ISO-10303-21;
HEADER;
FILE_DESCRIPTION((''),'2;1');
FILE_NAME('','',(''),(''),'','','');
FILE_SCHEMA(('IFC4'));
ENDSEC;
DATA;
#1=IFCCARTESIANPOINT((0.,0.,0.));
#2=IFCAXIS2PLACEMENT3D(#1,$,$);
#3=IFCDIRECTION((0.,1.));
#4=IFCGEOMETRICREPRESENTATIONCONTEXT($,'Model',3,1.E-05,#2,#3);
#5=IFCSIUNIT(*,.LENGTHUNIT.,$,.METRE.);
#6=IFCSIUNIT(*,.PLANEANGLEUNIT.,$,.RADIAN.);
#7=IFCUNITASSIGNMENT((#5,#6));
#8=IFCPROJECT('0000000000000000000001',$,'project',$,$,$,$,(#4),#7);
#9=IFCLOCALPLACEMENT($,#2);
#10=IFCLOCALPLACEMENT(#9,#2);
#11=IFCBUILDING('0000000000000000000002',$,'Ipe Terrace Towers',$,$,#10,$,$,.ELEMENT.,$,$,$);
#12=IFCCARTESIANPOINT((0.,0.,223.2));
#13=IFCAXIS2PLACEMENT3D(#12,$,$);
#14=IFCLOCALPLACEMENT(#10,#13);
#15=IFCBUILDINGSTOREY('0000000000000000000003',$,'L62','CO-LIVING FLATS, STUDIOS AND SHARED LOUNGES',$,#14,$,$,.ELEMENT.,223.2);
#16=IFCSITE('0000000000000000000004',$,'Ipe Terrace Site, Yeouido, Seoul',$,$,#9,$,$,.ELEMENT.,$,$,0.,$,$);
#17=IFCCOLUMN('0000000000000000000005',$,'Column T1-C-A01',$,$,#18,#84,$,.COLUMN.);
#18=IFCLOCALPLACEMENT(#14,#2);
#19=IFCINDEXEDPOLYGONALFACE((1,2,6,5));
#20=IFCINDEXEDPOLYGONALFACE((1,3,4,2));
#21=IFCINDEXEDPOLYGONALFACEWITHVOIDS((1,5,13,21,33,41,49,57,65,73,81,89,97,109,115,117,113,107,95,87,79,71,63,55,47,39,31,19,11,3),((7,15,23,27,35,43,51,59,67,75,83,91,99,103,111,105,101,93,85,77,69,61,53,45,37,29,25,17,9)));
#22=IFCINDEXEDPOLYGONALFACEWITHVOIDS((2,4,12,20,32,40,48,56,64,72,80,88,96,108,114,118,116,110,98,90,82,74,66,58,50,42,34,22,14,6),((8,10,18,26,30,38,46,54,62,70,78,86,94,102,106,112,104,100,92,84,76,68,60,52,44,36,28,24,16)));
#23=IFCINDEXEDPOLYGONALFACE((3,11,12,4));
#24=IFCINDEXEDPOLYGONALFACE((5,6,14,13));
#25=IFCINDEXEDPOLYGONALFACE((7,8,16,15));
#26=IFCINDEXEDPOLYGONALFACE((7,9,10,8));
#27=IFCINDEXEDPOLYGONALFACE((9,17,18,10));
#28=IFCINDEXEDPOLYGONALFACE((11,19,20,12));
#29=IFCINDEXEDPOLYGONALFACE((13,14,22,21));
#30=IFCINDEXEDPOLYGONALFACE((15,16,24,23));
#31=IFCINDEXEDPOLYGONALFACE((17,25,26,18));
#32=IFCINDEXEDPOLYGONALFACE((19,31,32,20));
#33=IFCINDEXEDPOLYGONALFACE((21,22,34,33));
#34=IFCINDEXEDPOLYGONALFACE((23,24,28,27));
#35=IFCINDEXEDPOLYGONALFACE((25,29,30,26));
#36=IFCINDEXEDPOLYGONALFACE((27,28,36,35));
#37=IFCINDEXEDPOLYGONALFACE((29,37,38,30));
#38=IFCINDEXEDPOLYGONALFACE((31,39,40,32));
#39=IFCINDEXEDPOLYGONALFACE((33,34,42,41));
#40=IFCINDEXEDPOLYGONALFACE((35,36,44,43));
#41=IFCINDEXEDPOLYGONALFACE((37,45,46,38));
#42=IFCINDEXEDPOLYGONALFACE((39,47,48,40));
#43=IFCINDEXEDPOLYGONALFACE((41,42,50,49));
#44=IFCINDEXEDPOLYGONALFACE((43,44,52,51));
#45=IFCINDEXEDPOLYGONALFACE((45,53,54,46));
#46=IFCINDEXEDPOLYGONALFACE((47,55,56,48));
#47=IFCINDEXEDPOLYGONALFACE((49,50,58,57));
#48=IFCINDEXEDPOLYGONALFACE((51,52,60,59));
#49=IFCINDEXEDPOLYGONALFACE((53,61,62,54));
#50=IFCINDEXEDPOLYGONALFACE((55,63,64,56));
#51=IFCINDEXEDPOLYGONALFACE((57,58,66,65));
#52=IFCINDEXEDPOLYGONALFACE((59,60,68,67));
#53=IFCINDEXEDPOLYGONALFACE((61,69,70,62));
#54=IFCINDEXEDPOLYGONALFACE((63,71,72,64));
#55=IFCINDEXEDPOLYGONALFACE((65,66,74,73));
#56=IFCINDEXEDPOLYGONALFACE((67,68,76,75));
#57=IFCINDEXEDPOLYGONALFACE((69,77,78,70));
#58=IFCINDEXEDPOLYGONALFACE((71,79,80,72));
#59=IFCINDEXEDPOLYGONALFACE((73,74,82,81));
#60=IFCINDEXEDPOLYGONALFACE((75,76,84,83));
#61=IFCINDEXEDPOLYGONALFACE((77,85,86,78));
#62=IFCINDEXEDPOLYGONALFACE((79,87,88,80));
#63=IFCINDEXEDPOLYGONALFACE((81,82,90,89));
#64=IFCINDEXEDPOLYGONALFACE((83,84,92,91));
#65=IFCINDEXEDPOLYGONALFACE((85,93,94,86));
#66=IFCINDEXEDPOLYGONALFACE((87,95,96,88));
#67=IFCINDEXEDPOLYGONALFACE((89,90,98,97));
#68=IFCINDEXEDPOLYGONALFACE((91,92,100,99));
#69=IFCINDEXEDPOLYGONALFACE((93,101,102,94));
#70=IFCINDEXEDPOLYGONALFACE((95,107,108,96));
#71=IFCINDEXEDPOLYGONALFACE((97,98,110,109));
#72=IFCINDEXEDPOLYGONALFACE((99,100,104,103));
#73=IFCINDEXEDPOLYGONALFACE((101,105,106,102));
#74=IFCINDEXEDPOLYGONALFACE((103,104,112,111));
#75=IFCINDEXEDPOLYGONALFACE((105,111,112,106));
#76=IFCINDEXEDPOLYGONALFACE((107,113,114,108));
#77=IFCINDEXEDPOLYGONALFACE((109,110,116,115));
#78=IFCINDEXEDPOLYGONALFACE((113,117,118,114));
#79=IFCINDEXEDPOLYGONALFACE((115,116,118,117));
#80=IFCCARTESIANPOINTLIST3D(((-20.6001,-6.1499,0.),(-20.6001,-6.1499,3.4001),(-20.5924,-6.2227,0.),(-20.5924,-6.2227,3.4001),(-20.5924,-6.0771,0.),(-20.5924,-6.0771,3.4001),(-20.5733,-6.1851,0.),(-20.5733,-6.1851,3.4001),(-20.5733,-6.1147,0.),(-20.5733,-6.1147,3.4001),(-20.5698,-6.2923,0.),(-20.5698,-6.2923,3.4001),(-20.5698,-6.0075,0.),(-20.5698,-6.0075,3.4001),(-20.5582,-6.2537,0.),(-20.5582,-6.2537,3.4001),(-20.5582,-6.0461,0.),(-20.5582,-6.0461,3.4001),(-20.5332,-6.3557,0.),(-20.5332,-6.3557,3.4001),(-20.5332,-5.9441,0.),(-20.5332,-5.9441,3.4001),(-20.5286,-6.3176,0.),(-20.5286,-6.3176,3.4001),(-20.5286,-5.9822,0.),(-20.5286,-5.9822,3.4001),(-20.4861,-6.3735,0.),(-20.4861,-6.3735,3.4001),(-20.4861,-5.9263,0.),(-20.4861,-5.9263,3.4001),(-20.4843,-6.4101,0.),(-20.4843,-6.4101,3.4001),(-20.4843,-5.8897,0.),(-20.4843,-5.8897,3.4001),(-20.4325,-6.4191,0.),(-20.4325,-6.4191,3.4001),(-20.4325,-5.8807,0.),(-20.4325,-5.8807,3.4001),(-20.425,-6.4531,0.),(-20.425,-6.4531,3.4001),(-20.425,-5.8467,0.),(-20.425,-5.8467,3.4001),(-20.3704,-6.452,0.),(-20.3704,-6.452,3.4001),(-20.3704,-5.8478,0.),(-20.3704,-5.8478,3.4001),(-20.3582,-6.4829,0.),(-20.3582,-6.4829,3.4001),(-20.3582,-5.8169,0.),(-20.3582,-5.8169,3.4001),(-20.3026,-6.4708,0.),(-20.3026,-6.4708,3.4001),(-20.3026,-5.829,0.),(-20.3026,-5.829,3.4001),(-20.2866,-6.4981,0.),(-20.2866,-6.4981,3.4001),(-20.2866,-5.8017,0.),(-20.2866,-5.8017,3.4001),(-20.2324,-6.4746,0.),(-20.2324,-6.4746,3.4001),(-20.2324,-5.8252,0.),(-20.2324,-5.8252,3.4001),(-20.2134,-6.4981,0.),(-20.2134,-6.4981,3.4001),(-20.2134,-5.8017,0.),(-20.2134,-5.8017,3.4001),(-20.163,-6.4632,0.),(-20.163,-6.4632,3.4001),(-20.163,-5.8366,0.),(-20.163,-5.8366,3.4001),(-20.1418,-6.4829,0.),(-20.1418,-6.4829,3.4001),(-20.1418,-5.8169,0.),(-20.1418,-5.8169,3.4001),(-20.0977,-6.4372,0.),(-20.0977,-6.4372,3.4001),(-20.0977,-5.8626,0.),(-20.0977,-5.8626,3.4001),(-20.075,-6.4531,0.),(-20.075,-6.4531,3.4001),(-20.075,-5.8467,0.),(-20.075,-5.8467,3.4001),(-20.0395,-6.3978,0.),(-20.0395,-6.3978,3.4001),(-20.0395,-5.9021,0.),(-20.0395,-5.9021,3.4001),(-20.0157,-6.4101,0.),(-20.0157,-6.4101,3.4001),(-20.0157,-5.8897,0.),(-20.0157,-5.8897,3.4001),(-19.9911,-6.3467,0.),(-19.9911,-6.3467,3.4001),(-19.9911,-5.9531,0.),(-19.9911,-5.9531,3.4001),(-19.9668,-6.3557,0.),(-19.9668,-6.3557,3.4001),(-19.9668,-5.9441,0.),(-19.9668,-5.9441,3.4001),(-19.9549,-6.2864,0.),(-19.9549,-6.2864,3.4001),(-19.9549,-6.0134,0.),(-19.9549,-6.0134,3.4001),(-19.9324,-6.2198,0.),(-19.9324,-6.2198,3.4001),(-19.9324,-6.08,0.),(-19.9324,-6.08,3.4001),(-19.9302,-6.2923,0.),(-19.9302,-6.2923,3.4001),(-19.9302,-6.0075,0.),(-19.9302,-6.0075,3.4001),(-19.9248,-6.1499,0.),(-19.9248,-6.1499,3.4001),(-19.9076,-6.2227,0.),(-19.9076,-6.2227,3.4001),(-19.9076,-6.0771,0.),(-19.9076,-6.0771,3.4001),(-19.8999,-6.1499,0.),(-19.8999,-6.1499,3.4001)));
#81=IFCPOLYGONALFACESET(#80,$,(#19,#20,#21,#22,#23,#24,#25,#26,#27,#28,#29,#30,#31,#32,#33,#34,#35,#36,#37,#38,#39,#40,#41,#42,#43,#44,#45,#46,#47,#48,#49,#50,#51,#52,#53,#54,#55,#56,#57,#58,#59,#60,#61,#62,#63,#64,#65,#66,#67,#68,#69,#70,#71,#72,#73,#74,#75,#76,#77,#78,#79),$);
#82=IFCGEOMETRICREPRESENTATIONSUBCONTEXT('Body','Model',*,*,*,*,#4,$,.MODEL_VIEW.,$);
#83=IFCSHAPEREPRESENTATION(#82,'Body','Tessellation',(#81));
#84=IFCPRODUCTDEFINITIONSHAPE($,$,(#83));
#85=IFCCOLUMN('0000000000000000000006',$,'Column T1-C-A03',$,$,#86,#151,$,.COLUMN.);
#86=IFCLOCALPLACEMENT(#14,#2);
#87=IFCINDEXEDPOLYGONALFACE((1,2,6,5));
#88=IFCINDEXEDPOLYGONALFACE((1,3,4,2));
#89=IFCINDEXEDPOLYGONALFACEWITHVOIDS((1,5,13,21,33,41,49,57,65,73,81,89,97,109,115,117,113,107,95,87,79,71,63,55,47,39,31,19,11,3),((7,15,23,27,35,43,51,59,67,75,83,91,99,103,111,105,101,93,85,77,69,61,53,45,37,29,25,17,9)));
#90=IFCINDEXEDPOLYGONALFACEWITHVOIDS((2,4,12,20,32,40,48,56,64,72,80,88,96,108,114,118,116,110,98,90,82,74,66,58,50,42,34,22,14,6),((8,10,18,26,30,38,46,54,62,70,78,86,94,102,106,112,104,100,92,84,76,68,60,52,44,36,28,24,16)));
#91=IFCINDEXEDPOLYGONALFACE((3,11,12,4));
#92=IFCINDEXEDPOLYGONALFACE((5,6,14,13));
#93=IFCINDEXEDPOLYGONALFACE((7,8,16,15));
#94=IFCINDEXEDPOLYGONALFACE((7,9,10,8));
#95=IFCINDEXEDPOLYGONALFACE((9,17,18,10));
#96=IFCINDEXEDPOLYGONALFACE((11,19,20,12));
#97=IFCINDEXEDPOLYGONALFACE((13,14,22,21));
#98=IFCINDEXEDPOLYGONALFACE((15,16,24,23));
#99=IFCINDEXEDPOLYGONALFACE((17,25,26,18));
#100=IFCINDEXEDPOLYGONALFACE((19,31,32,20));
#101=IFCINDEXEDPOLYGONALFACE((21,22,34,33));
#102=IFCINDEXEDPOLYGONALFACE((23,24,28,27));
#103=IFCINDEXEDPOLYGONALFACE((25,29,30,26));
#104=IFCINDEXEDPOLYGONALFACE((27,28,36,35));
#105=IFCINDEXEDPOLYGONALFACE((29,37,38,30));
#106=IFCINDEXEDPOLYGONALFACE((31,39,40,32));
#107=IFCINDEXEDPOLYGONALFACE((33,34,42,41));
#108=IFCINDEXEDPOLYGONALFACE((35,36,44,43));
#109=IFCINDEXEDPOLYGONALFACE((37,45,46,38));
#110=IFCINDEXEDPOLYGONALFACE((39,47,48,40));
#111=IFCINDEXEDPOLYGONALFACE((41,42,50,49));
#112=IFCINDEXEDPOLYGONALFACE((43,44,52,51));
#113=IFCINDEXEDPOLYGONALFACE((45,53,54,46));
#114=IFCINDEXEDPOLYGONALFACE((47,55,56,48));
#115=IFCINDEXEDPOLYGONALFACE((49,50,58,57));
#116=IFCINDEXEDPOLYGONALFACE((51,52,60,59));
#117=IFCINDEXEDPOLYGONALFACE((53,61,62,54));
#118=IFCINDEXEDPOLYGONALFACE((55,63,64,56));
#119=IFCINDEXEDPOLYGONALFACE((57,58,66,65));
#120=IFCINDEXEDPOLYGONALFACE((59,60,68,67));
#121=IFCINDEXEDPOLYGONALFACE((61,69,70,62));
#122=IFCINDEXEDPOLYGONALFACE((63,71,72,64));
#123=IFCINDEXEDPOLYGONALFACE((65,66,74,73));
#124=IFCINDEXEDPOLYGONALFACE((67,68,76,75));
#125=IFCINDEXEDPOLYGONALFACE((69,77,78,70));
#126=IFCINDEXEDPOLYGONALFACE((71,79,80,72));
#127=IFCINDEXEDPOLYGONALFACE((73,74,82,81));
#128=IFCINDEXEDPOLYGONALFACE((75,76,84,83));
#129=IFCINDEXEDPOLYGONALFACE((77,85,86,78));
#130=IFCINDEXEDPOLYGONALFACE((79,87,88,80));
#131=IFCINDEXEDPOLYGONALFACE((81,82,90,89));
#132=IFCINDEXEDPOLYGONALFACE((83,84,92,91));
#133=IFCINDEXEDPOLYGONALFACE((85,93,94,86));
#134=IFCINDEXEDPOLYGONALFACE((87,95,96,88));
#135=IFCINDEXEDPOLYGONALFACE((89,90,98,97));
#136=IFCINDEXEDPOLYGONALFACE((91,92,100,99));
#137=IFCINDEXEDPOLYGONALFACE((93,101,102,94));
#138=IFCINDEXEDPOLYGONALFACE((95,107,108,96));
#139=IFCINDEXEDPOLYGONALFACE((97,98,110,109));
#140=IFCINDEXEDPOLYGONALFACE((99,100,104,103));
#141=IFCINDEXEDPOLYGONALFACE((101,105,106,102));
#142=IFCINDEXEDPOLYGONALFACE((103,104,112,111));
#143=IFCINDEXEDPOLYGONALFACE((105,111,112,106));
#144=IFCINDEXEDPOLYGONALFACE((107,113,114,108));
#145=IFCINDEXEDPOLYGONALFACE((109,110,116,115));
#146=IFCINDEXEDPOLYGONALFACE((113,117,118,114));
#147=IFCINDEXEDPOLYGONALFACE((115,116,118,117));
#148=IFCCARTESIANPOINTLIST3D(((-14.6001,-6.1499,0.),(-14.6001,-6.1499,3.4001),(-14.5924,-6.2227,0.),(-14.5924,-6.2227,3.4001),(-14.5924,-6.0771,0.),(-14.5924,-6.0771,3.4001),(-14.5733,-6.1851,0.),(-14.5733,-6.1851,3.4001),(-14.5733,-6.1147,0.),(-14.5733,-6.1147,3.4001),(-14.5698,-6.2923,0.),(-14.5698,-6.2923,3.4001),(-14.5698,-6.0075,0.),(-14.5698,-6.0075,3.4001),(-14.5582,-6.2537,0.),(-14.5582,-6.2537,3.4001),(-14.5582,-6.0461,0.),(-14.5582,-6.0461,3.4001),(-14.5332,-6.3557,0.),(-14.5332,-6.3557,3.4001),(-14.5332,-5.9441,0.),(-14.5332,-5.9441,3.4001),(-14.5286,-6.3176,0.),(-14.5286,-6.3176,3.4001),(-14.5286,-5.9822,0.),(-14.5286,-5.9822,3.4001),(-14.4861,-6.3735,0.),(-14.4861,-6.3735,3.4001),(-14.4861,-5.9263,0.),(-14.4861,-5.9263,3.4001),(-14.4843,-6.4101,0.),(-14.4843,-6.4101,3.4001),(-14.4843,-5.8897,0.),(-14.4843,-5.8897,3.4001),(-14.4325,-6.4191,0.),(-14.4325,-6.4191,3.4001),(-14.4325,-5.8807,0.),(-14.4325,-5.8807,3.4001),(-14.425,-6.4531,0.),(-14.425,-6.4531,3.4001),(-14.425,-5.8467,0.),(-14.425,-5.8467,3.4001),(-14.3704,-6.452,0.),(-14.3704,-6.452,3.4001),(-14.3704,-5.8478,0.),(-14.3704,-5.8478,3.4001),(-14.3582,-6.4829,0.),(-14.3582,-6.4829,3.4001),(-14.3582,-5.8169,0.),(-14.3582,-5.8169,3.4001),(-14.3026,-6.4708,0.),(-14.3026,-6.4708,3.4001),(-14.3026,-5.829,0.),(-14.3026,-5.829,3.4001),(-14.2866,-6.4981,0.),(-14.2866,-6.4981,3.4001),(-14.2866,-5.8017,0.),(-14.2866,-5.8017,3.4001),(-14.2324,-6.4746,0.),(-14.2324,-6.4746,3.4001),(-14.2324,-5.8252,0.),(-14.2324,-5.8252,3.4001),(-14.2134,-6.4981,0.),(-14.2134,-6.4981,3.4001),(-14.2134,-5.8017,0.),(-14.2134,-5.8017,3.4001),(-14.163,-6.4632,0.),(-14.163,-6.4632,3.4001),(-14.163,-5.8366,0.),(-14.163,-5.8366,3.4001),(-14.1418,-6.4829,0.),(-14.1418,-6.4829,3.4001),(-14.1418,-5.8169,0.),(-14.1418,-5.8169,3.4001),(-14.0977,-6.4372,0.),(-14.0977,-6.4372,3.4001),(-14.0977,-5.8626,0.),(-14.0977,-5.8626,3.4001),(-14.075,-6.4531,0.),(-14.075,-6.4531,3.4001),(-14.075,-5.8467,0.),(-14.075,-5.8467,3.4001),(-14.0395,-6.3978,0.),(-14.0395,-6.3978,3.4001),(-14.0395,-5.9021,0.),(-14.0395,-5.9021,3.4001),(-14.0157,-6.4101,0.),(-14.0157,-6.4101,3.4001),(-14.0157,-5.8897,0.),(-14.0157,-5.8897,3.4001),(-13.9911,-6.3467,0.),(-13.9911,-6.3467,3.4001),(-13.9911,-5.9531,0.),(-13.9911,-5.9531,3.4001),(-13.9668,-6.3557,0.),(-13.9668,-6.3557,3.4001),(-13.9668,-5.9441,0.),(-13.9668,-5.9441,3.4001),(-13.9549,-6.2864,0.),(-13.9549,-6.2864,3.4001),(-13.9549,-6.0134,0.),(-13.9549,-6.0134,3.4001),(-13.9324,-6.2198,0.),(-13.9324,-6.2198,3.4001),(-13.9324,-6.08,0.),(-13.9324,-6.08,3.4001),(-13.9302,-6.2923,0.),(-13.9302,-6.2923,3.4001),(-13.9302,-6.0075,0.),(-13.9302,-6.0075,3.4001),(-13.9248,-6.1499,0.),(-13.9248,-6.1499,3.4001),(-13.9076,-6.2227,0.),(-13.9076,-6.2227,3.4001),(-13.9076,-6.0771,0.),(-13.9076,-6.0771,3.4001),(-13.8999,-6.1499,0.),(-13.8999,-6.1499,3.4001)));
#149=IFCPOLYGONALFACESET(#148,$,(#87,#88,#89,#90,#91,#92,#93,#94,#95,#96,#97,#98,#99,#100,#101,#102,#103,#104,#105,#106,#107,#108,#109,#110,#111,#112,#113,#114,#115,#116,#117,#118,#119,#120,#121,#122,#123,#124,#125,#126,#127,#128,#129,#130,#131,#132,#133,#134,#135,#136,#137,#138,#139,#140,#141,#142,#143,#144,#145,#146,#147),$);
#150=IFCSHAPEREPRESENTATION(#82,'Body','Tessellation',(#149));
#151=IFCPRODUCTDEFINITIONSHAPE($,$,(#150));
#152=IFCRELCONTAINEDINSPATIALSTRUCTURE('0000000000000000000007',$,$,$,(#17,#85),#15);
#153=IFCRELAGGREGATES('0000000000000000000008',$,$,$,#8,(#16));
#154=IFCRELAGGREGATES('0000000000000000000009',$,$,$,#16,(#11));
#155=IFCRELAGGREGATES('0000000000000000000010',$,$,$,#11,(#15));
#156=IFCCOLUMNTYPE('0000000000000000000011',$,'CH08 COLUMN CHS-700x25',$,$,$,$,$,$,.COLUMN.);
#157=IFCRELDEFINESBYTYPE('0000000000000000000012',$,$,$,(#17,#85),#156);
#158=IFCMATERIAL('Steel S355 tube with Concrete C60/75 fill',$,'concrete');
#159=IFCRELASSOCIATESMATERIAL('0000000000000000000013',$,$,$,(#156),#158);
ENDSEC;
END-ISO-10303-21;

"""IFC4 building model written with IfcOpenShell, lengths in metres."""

from ifc_helpers import new_model, si_unit, direction, frame, origin, origin_2d, place, context, subcontext, project, spatial, hollow_circle, extrude, material, material_profile, profile_set, type_object, element, save


model = new_model("IFC4")

# Units and contexts
model_context = context("Model", 3, precision=1e-05, world=origin(), true_north=direction((0.0, 1.0)))
body_context = subcontext(model_context, "Body", "Model", "MODEL_VIEW")
ifc_project = project(units=[si_unit("LENGTHUNIT", "METRE"), si_unit("PLANEANGLEUNIT", "RADIAN")], contexts=[model_context])

# Site, building, storey
site_placement = place(None, origin())
site = spatial("IfcSite", under=ifc_project, at=site_placement, Name="Ipe Terrace Site, Yeouido, Seoul", CompositionType="ELEMENT", RefElevation=0.0)
building_placement = place(site_placement, origin())
building = spatial("IfcBuilding", under=site, at=building_placement, Name="Ipe Terrace Towers", CompositionType="ELEMENT")
storey_placement = place(building_placement, frame((0.0, 0.0, 223.2)))
storey = spatial("IfcBuildingStorey", under=building, at=storey_placement, Name="L62", Description="CO-LIVING FLATS, STUDIOS AND SHARED LOUNGES", CompositionType="ELEMENT", Elevation=223.2)

# Columns
ifc_material_1 = material(Name="Steel S355 tube with Concrete C60/75 fill", Category="concrete")
ifc_material_profile_1 = material_profile(ifc_material_1, hollow_circle(Radius=0.3501, WallThickness=0.0249, at=origin_2d()), Name="CHS-700x25")
ifc_profile_set_1 = profile_set([ifc_material_profile_1], Name="Steel S355 tube with Concrete C60/75 fill")
column_type = type_object("IfcColumnType", Name="CH08 COLUMN CHS-700x25", PredefinedType="COLUMN", material=ifc_profile_set_1)
for number, where, z_axis, x_axis, name in (
    (1, (-20.25, -6.1499, 0.0), (0.0, 0.0, 1.0), (1.0, 0.0, 0.0), "Column T1-C-A01"),
    (2, (-14.25, -6.1499, 0.0), (0.0, 0.0, 1.0), (1.0, 0.0, 0.0), "Column T1-C-A03"),
):
    element("IfcColumn", number, at=place(storey_placement, frame(where, z_axis=z_axis, x_axis=x_axis)), inside=storey, type_object=column_type, Name=name, PredefinedType="COLUMN", context=body_context, shape_type="SweptSolid", body=[
        extrude(hollow_circle(Radius=0.3501, WallThickness=0.0249, at=origin_2d()), origin(), (0.0, 0.0, 1.0), 3.4001),
    ])

save(model, "model.ifc")
